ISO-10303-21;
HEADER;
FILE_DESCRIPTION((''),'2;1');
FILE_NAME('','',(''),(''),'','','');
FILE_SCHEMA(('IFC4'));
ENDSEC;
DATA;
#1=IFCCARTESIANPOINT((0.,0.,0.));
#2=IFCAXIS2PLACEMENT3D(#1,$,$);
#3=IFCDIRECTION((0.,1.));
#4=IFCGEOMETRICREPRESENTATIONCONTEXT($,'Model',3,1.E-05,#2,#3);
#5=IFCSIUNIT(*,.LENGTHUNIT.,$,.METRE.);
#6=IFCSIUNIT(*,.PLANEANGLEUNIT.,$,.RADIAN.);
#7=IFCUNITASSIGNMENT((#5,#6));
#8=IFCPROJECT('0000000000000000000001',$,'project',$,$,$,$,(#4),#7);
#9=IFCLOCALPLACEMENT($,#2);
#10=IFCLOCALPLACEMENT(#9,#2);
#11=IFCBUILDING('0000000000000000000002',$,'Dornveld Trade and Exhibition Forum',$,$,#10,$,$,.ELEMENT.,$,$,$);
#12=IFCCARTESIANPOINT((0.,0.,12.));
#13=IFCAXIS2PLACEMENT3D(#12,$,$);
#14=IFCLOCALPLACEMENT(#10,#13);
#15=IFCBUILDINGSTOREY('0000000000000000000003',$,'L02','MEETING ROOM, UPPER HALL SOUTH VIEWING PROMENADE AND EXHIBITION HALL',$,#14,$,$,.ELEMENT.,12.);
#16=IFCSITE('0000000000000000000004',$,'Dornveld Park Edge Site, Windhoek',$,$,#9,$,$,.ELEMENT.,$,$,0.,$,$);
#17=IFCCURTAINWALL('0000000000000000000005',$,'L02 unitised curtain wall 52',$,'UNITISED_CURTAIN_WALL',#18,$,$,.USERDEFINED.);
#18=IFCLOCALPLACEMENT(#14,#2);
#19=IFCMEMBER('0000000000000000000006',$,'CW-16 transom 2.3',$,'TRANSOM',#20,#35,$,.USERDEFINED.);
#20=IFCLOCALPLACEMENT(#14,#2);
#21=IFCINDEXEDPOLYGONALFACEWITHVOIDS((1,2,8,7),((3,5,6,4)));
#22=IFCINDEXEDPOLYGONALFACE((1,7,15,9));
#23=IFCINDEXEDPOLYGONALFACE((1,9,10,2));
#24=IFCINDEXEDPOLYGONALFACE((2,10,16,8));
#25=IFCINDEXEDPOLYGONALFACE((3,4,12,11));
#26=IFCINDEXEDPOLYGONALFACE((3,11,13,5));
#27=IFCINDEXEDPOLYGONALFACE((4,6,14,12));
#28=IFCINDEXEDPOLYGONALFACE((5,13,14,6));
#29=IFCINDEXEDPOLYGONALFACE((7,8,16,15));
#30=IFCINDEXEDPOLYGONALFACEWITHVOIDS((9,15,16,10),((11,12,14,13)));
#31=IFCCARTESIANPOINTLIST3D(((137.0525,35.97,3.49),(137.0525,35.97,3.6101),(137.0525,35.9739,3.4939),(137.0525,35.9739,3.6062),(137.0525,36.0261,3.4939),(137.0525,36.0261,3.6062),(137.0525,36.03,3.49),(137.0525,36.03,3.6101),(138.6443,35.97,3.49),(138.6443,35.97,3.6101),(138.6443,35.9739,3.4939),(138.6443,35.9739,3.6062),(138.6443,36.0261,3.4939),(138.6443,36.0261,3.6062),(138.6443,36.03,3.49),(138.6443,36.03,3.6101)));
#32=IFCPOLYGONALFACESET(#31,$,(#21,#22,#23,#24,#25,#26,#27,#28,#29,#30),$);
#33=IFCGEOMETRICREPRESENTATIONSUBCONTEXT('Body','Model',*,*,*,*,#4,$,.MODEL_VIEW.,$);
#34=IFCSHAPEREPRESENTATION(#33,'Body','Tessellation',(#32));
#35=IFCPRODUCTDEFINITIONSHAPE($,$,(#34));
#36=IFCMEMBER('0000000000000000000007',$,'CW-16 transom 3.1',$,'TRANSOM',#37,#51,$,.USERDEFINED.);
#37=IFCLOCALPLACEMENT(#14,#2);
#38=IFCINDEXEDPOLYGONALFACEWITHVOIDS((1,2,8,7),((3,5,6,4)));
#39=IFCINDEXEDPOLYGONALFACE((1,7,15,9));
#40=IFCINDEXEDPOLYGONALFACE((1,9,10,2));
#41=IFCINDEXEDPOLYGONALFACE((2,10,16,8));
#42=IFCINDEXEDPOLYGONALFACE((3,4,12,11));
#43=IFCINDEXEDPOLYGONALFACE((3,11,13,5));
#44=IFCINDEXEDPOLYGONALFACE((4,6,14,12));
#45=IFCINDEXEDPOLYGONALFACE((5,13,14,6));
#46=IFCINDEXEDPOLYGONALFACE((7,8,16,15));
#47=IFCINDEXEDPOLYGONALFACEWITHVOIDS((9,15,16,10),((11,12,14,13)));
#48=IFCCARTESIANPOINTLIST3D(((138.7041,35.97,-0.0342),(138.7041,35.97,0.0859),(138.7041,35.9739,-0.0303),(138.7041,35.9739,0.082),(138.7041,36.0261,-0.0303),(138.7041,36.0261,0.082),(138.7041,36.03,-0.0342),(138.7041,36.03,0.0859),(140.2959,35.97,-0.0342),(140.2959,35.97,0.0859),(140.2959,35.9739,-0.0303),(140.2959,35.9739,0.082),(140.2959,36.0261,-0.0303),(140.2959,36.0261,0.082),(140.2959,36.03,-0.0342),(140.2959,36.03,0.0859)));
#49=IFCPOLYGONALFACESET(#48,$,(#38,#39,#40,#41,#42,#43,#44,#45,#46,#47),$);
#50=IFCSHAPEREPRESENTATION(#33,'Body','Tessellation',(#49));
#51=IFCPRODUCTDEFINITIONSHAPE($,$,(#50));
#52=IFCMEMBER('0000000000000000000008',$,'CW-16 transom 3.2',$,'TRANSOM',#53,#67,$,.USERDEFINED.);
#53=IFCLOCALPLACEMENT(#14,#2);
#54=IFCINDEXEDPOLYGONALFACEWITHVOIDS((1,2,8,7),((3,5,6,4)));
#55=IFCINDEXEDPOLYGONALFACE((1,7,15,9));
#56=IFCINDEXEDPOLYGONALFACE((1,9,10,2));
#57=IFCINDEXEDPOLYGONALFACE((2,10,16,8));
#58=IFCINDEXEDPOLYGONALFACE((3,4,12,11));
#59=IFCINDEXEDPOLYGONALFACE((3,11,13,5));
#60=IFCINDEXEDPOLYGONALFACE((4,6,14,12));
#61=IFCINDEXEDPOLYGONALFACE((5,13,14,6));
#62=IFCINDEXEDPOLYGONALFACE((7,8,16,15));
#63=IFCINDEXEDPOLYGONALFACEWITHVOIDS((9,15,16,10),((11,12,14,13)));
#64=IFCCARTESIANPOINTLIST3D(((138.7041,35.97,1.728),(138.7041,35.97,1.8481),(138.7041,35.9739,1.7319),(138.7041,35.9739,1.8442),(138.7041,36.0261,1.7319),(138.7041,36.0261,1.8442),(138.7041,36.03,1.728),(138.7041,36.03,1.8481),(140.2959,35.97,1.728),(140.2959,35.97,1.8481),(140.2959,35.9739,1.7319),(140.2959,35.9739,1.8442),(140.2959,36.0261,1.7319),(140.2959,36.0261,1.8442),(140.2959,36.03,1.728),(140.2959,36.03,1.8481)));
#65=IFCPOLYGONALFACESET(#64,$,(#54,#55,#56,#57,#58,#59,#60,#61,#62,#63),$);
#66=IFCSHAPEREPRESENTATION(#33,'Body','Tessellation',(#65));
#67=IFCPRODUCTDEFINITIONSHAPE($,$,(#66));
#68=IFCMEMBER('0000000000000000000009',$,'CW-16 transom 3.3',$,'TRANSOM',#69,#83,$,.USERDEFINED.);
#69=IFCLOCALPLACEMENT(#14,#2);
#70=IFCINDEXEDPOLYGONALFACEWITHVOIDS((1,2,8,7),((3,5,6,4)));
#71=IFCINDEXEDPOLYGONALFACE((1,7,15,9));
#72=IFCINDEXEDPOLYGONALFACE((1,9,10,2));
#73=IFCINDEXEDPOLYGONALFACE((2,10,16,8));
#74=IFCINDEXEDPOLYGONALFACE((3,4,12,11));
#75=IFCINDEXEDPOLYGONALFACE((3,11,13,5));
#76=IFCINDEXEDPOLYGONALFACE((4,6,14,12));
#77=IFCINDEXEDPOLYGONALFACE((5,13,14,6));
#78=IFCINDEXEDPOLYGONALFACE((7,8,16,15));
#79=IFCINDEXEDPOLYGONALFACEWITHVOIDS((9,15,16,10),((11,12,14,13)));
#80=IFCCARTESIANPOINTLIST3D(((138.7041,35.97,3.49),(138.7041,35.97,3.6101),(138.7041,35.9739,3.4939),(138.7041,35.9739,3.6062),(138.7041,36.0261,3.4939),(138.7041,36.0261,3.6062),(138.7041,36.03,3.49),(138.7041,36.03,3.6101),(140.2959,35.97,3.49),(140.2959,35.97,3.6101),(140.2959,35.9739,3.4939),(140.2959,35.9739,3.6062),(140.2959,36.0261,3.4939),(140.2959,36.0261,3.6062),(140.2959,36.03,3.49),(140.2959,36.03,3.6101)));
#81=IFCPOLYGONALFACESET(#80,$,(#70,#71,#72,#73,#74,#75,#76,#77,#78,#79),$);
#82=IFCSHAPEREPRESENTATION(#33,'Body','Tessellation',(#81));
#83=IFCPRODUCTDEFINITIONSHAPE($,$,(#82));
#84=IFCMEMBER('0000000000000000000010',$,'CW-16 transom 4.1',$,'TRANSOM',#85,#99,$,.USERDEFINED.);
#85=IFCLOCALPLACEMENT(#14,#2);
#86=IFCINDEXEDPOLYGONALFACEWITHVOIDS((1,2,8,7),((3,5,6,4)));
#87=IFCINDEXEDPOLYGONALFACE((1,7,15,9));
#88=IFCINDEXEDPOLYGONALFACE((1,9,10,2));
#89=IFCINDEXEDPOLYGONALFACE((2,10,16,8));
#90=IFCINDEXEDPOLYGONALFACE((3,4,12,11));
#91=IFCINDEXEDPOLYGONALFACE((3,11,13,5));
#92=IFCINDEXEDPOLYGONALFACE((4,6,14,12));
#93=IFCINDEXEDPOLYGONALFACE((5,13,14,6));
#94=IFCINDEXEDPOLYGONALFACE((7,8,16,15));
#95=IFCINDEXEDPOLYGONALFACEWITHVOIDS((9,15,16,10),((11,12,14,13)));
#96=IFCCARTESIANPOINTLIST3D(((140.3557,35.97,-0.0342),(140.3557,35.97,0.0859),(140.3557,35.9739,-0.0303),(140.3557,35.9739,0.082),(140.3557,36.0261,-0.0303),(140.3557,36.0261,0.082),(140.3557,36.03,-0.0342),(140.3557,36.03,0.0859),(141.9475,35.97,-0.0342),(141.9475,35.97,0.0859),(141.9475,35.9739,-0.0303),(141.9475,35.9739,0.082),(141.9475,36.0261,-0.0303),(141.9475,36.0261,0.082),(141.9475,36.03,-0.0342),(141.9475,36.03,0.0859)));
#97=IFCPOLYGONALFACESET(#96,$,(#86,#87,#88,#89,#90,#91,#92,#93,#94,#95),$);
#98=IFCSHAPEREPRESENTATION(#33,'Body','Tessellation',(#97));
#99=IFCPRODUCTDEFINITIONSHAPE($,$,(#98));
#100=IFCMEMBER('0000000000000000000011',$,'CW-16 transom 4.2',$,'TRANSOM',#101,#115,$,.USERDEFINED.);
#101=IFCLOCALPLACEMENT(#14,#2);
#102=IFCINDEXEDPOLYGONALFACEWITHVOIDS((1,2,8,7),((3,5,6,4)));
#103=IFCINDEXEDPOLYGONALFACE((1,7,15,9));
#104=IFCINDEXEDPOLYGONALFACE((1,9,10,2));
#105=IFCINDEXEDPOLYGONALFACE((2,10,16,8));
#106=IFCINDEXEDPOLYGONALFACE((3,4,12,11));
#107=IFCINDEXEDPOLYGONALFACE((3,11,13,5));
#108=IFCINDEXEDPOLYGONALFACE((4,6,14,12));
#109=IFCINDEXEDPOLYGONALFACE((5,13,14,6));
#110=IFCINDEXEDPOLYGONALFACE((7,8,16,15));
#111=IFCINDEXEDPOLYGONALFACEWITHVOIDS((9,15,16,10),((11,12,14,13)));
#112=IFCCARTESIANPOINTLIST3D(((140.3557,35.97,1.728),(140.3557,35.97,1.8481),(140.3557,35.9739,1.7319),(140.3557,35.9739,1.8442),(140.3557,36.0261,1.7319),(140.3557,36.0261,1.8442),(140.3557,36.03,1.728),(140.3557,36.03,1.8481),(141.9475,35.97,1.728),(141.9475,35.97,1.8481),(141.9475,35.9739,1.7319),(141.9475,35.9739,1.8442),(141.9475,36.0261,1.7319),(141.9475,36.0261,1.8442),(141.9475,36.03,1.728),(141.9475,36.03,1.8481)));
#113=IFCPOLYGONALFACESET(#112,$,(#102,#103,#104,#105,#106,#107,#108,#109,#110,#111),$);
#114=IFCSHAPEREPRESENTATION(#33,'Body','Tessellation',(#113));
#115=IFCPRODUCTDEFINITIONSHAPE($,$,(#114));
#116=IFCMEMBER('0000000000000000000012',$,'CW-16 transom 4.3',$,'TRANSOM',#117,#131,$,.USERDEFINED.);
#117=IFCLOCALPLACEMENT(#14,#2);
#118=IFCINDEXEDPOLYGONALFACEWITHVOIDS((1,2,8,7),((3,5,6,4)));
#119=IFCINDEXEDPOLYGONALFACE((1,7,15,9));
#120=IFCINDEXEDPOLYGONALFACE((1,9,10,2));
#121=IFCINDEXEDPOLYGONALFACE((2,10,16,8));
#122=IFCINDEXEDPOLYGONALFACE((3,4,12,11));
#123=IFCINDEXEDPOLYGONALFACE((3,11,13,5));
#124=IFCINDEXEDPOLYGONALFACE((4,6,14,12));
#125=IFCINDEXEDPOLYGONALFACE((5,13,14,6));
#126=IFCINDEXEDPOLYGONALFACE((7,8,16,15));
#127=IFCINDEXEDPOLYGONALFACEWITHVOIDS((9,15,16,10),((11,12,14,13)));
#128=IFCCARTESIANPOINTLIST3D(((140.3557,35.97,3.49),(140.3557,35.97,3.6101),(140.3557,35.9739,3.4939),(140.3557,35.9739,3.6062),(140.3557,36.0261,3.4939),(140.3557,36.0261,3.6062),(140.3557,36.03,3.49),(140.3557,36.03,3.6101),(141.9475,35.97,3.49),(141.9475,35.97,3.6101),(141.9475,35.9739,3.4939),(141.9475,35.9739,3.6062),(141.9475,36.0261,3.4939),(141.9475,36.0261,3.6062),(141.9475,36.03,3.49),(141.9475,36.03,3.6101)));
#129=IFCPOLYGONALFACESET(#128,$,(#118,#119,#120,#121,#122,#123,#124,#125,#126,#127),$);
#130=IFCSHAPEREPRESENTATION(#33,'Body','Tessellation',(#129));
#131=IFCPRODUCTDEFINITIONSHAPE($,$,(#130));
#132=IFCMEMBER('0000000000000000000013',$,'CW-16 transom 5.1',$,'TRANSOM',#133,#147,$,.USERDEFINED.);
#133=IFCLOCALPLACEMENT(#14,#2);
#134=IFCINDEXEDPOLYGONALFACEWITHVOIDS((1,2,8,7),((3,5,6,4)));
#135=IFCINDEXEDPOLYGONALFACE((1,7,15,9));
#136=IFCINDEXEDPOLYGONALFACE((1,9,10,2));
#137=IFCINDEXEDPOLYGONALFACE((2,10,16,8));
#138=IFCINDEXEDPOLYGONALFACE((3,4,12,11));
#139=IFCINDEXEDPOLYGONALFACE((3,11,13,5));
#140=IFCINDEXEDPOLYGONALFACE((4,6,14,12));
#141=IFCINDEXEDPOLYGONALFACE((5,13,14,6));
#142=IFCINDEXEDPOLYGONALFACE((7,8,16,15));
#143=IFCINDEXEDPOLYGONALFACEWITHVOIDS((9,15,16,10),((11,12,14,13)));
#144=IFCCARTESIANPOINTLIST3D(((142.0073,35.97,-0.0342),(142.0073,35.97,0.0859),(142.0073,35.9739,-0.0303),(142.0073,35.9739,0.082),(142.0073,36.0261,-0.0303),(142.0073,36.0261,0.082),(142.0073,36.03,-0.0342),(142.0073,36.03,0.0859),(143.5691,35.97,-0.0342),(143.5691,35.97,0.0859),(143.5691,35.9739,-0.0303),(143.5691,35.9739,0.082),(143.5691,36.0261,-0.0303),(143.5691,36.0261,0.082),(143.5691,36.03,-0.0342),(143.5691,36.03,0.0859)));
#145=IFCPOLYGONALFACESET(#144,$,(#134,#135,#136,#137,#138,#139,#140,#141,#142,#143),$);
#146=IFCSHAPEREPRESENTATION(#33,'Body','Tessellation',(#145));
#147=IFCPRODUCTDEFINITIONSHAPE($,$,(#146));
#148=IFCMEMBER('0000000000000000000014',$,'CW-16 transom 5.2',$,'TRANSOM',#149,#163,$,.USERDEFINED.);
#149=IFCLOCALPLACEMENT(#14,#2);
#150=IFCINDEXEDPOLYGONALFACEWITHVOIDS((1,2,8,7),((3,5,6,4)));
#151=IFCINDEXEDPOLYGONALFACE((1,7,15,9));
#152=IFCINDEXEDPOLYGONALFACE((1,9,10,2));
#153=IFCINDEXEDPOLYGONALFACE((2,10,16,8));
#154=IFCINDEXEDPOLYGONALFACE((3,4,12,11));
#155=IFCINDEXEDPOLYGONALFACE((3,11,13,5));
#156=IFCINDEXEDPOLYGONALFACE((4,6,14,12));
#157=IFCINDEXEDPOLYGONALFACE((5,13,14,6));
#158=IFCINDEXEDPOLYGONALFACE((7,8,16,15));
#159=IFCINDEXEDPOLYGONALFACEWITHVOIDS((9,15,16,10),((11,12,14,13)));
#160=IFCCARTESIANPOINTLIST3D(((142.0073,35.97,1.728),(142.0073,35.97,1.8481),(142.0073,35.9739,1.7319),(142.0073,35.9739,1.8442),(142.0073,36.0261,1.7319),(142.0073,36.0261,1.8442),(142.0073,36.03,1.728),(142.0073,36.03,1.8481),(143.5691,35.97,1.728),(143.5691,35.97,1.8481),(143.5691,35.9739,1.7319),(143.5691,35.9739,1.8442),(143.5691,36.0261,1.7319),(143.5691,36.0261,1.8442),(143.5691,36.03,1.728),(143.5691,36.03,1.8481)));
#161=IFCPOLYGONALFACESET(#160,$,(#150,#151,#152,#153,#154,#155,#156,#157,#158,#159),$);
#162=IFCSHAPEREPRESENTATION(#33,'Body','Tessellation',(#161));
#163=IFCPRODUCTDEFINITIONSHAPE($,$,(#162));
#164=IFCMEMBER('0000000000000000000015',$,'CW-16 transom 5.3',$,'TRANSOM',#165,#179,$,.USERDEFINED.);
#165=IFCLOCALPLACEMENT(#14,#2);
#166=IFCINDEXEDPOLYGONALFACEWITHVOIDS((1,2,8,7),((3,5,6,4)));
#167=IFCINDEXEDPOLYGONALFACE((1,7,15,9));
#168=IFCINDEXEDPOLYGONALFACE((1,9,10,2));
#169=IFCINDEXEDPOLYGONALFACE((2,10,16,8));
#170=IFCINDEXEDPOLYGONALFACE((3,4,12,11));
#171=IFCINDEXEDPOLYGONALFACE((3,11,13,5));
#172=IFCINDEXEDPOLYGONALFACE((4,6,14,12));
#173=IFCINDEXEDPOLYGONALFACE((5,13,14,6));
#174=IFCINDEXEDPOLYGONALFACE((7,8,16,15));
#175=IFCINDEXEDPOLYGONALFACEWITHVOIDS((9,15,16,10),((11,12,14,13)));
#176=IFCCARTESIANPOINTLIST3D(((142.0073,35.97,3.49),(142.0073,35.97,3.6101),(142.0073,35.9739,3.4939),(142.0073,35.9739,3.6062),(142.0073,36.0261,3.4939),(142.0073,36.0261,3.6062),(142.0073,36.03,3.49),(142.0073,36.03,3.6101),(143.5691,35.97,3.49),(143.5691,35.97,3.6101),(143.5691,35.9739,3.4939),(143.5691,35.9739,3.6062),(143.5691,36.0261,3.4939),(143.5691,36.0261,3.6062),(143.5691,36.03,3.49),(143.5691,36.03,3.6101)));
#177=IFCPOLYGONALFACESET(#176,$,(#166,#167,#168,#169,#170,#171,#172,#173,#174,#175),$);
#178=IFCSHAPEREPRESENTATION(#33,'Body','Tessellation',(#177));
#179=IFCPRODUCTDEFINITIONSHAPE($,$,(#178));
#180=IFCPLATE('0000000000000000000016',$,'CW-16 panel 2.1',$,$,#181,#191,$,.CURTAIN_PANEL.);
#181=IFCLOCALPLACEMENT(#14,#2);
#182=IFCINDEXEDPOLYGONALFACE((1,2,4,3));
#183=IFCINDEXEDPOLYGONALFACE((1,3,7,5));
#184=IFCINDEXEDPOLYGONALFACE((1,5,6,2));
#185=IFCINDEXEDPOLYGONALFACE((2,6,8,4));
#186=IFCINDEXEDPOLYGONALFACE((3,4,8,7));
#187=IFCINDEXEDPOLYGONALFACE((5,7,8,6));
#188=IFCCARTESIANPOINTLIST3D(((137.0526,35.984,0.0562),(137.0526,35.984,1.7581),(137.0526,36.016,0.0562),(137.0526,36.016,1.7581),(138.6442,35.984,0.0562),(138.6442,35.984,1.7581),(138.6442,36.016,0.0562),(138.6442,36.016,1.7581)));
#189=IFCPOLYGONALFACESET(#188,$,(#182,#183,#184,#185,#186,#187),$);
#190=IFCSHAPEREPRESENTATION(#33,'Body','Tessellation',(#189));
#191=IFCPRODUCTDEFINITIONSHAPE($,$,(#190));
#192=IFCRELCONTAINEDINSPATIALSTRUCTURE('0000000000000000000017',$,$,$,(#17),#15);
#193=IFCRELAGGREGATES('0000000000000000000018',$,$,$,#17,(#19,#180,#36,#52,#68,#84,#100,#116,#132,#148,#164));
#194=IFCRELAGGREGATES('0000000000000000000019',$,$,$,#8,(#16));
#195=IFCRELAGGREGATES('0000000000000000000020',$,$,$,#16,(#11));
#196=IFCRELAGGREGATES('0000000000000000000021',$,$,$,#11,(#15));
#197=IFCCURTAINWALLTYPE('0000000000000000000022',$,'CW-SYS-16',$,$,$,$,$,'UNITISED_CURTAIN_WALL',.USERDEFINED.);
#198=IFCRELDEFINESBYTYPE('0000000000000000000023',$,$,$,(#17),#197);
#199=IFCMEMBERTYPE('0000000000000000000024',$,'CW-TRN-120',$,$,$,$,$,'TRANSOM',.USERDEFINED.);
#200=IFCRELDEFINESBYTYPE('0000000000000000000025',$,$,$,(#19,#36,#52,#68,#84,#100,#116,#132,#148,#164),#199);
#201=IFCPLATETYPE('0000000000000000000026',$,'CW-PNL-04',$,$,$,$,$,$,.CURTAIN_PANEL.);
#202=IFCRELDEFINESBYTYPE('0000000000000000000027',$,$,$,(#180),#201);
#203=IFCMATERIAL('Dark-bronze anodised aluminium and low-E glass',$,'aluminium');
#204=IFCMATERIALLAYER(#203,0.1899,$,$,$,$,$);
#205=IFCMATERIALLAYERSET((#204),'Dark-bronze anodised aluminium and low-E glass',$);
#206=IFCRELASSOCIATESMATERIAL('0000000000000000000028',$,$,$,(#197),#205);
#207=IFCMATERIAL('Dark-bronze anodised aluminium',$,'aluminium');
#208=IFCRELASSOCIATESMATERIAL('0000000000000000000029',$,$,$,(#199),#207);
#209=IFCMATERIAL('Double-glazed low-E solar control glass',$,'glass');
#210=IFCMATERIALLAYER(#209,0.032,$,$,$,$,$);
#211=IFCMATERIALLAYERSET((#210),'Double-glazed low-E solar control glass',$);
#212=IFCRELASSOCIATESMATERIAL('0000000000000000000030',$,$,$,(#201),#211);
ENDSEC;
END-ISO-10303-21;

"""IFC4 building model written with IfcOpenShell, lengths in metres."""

from ifc_helpers import new_model, si_unit, direction, frame, origin, origin_2d, place, context, subcontext, project, spatial, rectangle, hollow_rectangle, extrude, material, layer, layer_set, material_profile, profile_set, type_object, element, aggregate, save


model = new_model("IFC4")

# Units and contexts
model_context = context("Model", 3, precision=1e-05, world=origin(), true_north=direction((0.0, 1.0)))
body_context = subcontext(model_context, "Body", "Model", "MODEL_VIEW")
ifc_project = project(units=[si_unit("LENGTHUNIT", "METRE"), si_unit("PLANEANGLEUNIT", "RADIAN")], contexts=[model_context])

# Site, building, storey
site_placement = place(None, origin())
site = spatial("IfcSite", under=ifc_project, at=site_placement, Name="Dornveld Park Edge Site, Windhoek", CompositionType="ELEMENT", RefElevation=0.0)
building_placement = place(site_placement, origin())
building = spatial("IfcBuilding", under=site, at=building_placement, Name="Dornveld Trade and Exhibition Forum", CompositionType="ELEMENT")
storey_placement = place(building_placement, frame((0.0, 0.0, 12.0)))
storey = spatial("IfcBuildingStorey", under=building, at=storey_placement, Name="L02", Description="MEETING ROOM, UPPER HALL SOUTH VIEWING PROMENADE AND EXHIBITION HALL", CompositionType="ELEMENT", Elevation=12.0)

# Curtain wall, members, plate
ifc_material_1 = material(Name="Dark-bronze anodised aluminium and low-E glass", Category="aluminium")
ifc_layer_1 = layer(ifc_material_1, 0.1899)
ifc_layer_set_1 = layer_set([ifc_layer_1], Name="Dark-bronze anodised aluminium and low-E glass")
curtain_wall_type = type_object("IfcCurtainWallType", Name="CW-SYS-16", ElementType="UNITISED_CURTAIN_WALL", PredefinedType="USERDEFINED", material=ifc_layer_set_1)
curtain_wall_placement = place(storey_placement, origin())
curtain_wall = element("IfcCurtainWall", 1, at=curtain_wall_placement, inside=storey, type_object=curtain_wall_type, Name="L02 unitised curtain wall 52", ObjectType="UNITISED_CURTAIN_WALL", PredefinedType="USERDEFINED")
ifc_material_2 = material(Name="Dark-bronze anodised aluminium", Category="aluminium")
ifc_material_profile_1 = material_profile(ifc_material_2, hollow_rectangle(XDim=0.0601, YDim=0.1201, WallThickness=0.0039, at=origin_2d()), Name="RHS 120x60x4")
ifc_profile_set_1 = profile_set([ifc_material_profile_1], Name="Dark-bronze anodised aluminium")
member_type_1 = type_object("IfcMemberType", Name="CW-TRN-120", ElementType="TRANSOM", PredefinedType="USERDEFINED", material=ifc_profile_set_1)
member_1_placement = place(storey_placement, frame((137.0525, 36.0, 3.55), z_axis=(1.0, 0.0, 0.0), x_axis=(0.0, 1.0, 0.0)))
member_1 = element("IfcMember", 2, at=member_1_placement, type_object=member_type_1, Name="CW-16 transom 2.3", ObjectType="TRANSOM", PredefinedType="USERDEFINED", context=body_context, shape_type="SweptSolid", body=[
    extrude(hollow_rectangle(XDim=0.0601, YDim=0.1201, WallThickness=0.0039, at=origin_2d()), origin(), (0.0, 0.0, 1.0), 1.5918),
])
member_2_placement = place(storey_placement, frame((138.7041, 36.0, 0.0259), z_axis=(1.0, 0.0, 0.0), x_axis=(0.0, 1.0, 0.0)))
member_2 = element("IfcMember", 3, at=member_2_placement, type_object=member_type_1, Name="CW-16 transom 3.1", ObjectType="TRANSOM", PredefinedType="USERDEFINED", context=body_context, shape_type="SweptSolid", body=[
    extrude(hollow_rectangle(XDim=0.0601, YDim=0.1201, WallThickness=0.0039, at=origin_2d()), origin(), (0.0, 0.0, 1.0), 1.5918),
])
member_3_placement = place(storey_placement, frame((138.7041, 36.0, 1.7881), z_axis=(1.0, 0.0, 0.0), x_axis=(0.0, 1.0, 0.0)))
member_3 = element("IfcMember", 4, at=member_3_placement, type_object=member_type_1, Name="CW-16 transom 3.2", ObjectType="TRANSOM", PredefinedType="USERDEFINED", context=body_context, shape_type="SweptSolid", body=[
    extrude(hollow_rectangle(XDim=0.0601, YDim=0.1201, WallThickness=0.0039, at=origin_2d()), origin(), (0.0, 0.0, 1.0), 1.5918),
])
member_4_placement = place(storey_placement, frame((138.7041, 36.0, 3.55), z_axis=(1.0, 0.0, 0.0), x_axis=(0.0, 1.0, 0.0)))
member_4 = element("IfcMember", 5, at=member_4_placement, type_object=member_type_1, Name="CW-16 transom 3.3", ObjectType="TRANSOM", PredefinedType="USERDEFINED", context=body_context, shape_type="SweptSolid", body=[
    extrude(hollow_rectangle(XDim=0.0601, YDim=0.1201, WallThickness=0.0039, at=origin_2d()), origin(), (0.0, 0.0, 1.0), 1.5918),
])
member_5_placement = place(storey_placement, frame((140.3557, 36.0, 0.0259), z_axis=(1.0, 0.0, 0.0), x_axis=(0.0, 1.0, 0.0)))
member_5 = element("IfcMember", 6, at=member_5_placement, type_object=member_type_1, Name="CW-16 transom 4.1", ObjectType="TRANSOM", PredefinedType="USERDEFINED", context=body_context, shape_type="SweptSolid", body=[
    extrude(hollow_rectangle(XDim=0.0601, YDim=0.1201, WallThickness=0.0039, at=origin_2d()), origin(), (0.0, 0.0, 1.0), 1.5918),
])
member_6_placement = place(storey_placement, frame((140.3557, 36.0, 1.7881), z_axis=(1.0, 0.0, 0.0), x_axis=(0.0, 1.0, 0.0)))
member_6 = element("IfcMember", 7, at=member_6_placement, type_object=member_type_1, Name="CW-16 transom 4.2", ObjectType="TRANSOM", PredefinedType="USERDEFINED", context=body_context, shape_type="SweptSolid", body=[
    extrude(hollow_rectangle(XDim=0.0601, YDim=0.1201, WallThickness=0.0039, at=origin_2d()), origin(), (0.0, 0.0, 1.0), 1.5918),
])
member_7_placement = place(storey_placement, frame((140.3557, 36.0, 3.55), z_axis=(1.0, 0.0, 0.0), x_axis=(0.0, 1.0, 0.0)))
member_7 = element("IfcMember", 8, at=member_7_placement, type_object=member_type_1, Name="CW-16 transom 4.3", ObjectType="TRANSOM", PredefinedType="USERDEFINED", context=body_context, shape_type="SweptSolid", body=[
    extrude(hollow_rectangle(XDim=0.0601, YDim=0.1201, WallThickness=0.0039, at=origin_2d()), origin(), (0.0, 0.0, 1.0), 1.5918),
])
member_8_placement = place(storey_placement, frame((142.0073, 36.0, 0.0259), z_axis=(1.0, 0.0, 0.0), x_axis=(0.0, 1.0, 0.0)))
member_8 = element("IfcMember", 9, at=member_8_placement, type_object=member_type_1, Name="CW-16 transom 5.1", ObjectType="TRANSOM", PredefinedType="USERDEFINED", context=body_context, shape_type="SweptSolid", body=[
    extrude(hollow_rectangle(XDim=0.0601, YDim=0.1201, WallThickness=0.0039, at=origin_2d()), origin(), (0.0, 0.0, 1.0), 1.5618),
])
member_9_placement = place(storey_placement, frame((142.0073, 36.0, 1.7881), z_axis=(1.0, 0.0, 0.0), x_axis=(0.0, 1.0, 0.0)))
member_9 = element("IfcMember", 10, at=member_9_placement, type_object=member_type_1, Name="CW-16 transom 5.2", ObjectType="TRANSOM", PredefinedType="USERDEFINED", context=body_context, shape_type="SweptSolid", body=[
    extrude(hollow_rectangle(XDim=0.0601, YDim=0.1201, WallThickness=0.0039, at=origin_2d()), origin(), (0.0, 0.0, 1.0), 1.5618),
])
member_10_placement = place(storey_placement, frame((142.0073, 36.0, 3.55), z_axis=(1.0, 0.0, 0.0), x_axis=(0.0, 1.0, 0.0)))
member_10 = element("IfcMember", 11, at=member_10_placement, type_object=member_type_1, Name="CW-16 transom 5.3", ObjectType="TRANSOM", PredefinedType="USERDEFINED", context=body_context, shape_type="SweptSolid", body=[
    extrude(hollow_rectangle(XDim=0.0601, YDim=0.1201, WallThickness=0.0039, at=origin_2d()), origin(), (0.0, 0.0, 1.0), 1.5618),
])
ifc_material_3 = material(Name="Double-glazed low-E solar control glass", Category="glass")
ifc_layer_2 = layer(ifc_material_3, 0.032)
ifc_layer_set_2 = layer_set([ifc_layer_2], Name="Double-glazed low-E solar control glass")
plate_type = type_object("IfcPlateType", Name="CW-PNL-04", PredefinedType="CURTAIN_PANEL", material=ifc_layer_set_2)
plate_1_placement = place(storey_placement, frame((137.8484, 36.0, 0.0562), z_axis=(0.0, 0.0, 1.0), x_axis=(1.0, 0.0, 0.0)))
plate_1 = element("IfcPlate", 12, at=plate_1_placement, type_object=plate_type, Name="CW-16 panel 2.1", PredefinedType="CURTAIN_PANEL", context=body_context, shape_type="SweptSolid", body=[
    extrude(rectangle(XDim=1.5916, YDim=0.032, at=origin_2d()), origin(), (0.0, 0.0, 1.0), 1.7019),
])
aggregate(curtain_wall, [member_1, plate_1, member_2, member_3, member_4, member_5, member_6, member_7, member_8, member_9, member_10])

save(model, "model.ifc")
